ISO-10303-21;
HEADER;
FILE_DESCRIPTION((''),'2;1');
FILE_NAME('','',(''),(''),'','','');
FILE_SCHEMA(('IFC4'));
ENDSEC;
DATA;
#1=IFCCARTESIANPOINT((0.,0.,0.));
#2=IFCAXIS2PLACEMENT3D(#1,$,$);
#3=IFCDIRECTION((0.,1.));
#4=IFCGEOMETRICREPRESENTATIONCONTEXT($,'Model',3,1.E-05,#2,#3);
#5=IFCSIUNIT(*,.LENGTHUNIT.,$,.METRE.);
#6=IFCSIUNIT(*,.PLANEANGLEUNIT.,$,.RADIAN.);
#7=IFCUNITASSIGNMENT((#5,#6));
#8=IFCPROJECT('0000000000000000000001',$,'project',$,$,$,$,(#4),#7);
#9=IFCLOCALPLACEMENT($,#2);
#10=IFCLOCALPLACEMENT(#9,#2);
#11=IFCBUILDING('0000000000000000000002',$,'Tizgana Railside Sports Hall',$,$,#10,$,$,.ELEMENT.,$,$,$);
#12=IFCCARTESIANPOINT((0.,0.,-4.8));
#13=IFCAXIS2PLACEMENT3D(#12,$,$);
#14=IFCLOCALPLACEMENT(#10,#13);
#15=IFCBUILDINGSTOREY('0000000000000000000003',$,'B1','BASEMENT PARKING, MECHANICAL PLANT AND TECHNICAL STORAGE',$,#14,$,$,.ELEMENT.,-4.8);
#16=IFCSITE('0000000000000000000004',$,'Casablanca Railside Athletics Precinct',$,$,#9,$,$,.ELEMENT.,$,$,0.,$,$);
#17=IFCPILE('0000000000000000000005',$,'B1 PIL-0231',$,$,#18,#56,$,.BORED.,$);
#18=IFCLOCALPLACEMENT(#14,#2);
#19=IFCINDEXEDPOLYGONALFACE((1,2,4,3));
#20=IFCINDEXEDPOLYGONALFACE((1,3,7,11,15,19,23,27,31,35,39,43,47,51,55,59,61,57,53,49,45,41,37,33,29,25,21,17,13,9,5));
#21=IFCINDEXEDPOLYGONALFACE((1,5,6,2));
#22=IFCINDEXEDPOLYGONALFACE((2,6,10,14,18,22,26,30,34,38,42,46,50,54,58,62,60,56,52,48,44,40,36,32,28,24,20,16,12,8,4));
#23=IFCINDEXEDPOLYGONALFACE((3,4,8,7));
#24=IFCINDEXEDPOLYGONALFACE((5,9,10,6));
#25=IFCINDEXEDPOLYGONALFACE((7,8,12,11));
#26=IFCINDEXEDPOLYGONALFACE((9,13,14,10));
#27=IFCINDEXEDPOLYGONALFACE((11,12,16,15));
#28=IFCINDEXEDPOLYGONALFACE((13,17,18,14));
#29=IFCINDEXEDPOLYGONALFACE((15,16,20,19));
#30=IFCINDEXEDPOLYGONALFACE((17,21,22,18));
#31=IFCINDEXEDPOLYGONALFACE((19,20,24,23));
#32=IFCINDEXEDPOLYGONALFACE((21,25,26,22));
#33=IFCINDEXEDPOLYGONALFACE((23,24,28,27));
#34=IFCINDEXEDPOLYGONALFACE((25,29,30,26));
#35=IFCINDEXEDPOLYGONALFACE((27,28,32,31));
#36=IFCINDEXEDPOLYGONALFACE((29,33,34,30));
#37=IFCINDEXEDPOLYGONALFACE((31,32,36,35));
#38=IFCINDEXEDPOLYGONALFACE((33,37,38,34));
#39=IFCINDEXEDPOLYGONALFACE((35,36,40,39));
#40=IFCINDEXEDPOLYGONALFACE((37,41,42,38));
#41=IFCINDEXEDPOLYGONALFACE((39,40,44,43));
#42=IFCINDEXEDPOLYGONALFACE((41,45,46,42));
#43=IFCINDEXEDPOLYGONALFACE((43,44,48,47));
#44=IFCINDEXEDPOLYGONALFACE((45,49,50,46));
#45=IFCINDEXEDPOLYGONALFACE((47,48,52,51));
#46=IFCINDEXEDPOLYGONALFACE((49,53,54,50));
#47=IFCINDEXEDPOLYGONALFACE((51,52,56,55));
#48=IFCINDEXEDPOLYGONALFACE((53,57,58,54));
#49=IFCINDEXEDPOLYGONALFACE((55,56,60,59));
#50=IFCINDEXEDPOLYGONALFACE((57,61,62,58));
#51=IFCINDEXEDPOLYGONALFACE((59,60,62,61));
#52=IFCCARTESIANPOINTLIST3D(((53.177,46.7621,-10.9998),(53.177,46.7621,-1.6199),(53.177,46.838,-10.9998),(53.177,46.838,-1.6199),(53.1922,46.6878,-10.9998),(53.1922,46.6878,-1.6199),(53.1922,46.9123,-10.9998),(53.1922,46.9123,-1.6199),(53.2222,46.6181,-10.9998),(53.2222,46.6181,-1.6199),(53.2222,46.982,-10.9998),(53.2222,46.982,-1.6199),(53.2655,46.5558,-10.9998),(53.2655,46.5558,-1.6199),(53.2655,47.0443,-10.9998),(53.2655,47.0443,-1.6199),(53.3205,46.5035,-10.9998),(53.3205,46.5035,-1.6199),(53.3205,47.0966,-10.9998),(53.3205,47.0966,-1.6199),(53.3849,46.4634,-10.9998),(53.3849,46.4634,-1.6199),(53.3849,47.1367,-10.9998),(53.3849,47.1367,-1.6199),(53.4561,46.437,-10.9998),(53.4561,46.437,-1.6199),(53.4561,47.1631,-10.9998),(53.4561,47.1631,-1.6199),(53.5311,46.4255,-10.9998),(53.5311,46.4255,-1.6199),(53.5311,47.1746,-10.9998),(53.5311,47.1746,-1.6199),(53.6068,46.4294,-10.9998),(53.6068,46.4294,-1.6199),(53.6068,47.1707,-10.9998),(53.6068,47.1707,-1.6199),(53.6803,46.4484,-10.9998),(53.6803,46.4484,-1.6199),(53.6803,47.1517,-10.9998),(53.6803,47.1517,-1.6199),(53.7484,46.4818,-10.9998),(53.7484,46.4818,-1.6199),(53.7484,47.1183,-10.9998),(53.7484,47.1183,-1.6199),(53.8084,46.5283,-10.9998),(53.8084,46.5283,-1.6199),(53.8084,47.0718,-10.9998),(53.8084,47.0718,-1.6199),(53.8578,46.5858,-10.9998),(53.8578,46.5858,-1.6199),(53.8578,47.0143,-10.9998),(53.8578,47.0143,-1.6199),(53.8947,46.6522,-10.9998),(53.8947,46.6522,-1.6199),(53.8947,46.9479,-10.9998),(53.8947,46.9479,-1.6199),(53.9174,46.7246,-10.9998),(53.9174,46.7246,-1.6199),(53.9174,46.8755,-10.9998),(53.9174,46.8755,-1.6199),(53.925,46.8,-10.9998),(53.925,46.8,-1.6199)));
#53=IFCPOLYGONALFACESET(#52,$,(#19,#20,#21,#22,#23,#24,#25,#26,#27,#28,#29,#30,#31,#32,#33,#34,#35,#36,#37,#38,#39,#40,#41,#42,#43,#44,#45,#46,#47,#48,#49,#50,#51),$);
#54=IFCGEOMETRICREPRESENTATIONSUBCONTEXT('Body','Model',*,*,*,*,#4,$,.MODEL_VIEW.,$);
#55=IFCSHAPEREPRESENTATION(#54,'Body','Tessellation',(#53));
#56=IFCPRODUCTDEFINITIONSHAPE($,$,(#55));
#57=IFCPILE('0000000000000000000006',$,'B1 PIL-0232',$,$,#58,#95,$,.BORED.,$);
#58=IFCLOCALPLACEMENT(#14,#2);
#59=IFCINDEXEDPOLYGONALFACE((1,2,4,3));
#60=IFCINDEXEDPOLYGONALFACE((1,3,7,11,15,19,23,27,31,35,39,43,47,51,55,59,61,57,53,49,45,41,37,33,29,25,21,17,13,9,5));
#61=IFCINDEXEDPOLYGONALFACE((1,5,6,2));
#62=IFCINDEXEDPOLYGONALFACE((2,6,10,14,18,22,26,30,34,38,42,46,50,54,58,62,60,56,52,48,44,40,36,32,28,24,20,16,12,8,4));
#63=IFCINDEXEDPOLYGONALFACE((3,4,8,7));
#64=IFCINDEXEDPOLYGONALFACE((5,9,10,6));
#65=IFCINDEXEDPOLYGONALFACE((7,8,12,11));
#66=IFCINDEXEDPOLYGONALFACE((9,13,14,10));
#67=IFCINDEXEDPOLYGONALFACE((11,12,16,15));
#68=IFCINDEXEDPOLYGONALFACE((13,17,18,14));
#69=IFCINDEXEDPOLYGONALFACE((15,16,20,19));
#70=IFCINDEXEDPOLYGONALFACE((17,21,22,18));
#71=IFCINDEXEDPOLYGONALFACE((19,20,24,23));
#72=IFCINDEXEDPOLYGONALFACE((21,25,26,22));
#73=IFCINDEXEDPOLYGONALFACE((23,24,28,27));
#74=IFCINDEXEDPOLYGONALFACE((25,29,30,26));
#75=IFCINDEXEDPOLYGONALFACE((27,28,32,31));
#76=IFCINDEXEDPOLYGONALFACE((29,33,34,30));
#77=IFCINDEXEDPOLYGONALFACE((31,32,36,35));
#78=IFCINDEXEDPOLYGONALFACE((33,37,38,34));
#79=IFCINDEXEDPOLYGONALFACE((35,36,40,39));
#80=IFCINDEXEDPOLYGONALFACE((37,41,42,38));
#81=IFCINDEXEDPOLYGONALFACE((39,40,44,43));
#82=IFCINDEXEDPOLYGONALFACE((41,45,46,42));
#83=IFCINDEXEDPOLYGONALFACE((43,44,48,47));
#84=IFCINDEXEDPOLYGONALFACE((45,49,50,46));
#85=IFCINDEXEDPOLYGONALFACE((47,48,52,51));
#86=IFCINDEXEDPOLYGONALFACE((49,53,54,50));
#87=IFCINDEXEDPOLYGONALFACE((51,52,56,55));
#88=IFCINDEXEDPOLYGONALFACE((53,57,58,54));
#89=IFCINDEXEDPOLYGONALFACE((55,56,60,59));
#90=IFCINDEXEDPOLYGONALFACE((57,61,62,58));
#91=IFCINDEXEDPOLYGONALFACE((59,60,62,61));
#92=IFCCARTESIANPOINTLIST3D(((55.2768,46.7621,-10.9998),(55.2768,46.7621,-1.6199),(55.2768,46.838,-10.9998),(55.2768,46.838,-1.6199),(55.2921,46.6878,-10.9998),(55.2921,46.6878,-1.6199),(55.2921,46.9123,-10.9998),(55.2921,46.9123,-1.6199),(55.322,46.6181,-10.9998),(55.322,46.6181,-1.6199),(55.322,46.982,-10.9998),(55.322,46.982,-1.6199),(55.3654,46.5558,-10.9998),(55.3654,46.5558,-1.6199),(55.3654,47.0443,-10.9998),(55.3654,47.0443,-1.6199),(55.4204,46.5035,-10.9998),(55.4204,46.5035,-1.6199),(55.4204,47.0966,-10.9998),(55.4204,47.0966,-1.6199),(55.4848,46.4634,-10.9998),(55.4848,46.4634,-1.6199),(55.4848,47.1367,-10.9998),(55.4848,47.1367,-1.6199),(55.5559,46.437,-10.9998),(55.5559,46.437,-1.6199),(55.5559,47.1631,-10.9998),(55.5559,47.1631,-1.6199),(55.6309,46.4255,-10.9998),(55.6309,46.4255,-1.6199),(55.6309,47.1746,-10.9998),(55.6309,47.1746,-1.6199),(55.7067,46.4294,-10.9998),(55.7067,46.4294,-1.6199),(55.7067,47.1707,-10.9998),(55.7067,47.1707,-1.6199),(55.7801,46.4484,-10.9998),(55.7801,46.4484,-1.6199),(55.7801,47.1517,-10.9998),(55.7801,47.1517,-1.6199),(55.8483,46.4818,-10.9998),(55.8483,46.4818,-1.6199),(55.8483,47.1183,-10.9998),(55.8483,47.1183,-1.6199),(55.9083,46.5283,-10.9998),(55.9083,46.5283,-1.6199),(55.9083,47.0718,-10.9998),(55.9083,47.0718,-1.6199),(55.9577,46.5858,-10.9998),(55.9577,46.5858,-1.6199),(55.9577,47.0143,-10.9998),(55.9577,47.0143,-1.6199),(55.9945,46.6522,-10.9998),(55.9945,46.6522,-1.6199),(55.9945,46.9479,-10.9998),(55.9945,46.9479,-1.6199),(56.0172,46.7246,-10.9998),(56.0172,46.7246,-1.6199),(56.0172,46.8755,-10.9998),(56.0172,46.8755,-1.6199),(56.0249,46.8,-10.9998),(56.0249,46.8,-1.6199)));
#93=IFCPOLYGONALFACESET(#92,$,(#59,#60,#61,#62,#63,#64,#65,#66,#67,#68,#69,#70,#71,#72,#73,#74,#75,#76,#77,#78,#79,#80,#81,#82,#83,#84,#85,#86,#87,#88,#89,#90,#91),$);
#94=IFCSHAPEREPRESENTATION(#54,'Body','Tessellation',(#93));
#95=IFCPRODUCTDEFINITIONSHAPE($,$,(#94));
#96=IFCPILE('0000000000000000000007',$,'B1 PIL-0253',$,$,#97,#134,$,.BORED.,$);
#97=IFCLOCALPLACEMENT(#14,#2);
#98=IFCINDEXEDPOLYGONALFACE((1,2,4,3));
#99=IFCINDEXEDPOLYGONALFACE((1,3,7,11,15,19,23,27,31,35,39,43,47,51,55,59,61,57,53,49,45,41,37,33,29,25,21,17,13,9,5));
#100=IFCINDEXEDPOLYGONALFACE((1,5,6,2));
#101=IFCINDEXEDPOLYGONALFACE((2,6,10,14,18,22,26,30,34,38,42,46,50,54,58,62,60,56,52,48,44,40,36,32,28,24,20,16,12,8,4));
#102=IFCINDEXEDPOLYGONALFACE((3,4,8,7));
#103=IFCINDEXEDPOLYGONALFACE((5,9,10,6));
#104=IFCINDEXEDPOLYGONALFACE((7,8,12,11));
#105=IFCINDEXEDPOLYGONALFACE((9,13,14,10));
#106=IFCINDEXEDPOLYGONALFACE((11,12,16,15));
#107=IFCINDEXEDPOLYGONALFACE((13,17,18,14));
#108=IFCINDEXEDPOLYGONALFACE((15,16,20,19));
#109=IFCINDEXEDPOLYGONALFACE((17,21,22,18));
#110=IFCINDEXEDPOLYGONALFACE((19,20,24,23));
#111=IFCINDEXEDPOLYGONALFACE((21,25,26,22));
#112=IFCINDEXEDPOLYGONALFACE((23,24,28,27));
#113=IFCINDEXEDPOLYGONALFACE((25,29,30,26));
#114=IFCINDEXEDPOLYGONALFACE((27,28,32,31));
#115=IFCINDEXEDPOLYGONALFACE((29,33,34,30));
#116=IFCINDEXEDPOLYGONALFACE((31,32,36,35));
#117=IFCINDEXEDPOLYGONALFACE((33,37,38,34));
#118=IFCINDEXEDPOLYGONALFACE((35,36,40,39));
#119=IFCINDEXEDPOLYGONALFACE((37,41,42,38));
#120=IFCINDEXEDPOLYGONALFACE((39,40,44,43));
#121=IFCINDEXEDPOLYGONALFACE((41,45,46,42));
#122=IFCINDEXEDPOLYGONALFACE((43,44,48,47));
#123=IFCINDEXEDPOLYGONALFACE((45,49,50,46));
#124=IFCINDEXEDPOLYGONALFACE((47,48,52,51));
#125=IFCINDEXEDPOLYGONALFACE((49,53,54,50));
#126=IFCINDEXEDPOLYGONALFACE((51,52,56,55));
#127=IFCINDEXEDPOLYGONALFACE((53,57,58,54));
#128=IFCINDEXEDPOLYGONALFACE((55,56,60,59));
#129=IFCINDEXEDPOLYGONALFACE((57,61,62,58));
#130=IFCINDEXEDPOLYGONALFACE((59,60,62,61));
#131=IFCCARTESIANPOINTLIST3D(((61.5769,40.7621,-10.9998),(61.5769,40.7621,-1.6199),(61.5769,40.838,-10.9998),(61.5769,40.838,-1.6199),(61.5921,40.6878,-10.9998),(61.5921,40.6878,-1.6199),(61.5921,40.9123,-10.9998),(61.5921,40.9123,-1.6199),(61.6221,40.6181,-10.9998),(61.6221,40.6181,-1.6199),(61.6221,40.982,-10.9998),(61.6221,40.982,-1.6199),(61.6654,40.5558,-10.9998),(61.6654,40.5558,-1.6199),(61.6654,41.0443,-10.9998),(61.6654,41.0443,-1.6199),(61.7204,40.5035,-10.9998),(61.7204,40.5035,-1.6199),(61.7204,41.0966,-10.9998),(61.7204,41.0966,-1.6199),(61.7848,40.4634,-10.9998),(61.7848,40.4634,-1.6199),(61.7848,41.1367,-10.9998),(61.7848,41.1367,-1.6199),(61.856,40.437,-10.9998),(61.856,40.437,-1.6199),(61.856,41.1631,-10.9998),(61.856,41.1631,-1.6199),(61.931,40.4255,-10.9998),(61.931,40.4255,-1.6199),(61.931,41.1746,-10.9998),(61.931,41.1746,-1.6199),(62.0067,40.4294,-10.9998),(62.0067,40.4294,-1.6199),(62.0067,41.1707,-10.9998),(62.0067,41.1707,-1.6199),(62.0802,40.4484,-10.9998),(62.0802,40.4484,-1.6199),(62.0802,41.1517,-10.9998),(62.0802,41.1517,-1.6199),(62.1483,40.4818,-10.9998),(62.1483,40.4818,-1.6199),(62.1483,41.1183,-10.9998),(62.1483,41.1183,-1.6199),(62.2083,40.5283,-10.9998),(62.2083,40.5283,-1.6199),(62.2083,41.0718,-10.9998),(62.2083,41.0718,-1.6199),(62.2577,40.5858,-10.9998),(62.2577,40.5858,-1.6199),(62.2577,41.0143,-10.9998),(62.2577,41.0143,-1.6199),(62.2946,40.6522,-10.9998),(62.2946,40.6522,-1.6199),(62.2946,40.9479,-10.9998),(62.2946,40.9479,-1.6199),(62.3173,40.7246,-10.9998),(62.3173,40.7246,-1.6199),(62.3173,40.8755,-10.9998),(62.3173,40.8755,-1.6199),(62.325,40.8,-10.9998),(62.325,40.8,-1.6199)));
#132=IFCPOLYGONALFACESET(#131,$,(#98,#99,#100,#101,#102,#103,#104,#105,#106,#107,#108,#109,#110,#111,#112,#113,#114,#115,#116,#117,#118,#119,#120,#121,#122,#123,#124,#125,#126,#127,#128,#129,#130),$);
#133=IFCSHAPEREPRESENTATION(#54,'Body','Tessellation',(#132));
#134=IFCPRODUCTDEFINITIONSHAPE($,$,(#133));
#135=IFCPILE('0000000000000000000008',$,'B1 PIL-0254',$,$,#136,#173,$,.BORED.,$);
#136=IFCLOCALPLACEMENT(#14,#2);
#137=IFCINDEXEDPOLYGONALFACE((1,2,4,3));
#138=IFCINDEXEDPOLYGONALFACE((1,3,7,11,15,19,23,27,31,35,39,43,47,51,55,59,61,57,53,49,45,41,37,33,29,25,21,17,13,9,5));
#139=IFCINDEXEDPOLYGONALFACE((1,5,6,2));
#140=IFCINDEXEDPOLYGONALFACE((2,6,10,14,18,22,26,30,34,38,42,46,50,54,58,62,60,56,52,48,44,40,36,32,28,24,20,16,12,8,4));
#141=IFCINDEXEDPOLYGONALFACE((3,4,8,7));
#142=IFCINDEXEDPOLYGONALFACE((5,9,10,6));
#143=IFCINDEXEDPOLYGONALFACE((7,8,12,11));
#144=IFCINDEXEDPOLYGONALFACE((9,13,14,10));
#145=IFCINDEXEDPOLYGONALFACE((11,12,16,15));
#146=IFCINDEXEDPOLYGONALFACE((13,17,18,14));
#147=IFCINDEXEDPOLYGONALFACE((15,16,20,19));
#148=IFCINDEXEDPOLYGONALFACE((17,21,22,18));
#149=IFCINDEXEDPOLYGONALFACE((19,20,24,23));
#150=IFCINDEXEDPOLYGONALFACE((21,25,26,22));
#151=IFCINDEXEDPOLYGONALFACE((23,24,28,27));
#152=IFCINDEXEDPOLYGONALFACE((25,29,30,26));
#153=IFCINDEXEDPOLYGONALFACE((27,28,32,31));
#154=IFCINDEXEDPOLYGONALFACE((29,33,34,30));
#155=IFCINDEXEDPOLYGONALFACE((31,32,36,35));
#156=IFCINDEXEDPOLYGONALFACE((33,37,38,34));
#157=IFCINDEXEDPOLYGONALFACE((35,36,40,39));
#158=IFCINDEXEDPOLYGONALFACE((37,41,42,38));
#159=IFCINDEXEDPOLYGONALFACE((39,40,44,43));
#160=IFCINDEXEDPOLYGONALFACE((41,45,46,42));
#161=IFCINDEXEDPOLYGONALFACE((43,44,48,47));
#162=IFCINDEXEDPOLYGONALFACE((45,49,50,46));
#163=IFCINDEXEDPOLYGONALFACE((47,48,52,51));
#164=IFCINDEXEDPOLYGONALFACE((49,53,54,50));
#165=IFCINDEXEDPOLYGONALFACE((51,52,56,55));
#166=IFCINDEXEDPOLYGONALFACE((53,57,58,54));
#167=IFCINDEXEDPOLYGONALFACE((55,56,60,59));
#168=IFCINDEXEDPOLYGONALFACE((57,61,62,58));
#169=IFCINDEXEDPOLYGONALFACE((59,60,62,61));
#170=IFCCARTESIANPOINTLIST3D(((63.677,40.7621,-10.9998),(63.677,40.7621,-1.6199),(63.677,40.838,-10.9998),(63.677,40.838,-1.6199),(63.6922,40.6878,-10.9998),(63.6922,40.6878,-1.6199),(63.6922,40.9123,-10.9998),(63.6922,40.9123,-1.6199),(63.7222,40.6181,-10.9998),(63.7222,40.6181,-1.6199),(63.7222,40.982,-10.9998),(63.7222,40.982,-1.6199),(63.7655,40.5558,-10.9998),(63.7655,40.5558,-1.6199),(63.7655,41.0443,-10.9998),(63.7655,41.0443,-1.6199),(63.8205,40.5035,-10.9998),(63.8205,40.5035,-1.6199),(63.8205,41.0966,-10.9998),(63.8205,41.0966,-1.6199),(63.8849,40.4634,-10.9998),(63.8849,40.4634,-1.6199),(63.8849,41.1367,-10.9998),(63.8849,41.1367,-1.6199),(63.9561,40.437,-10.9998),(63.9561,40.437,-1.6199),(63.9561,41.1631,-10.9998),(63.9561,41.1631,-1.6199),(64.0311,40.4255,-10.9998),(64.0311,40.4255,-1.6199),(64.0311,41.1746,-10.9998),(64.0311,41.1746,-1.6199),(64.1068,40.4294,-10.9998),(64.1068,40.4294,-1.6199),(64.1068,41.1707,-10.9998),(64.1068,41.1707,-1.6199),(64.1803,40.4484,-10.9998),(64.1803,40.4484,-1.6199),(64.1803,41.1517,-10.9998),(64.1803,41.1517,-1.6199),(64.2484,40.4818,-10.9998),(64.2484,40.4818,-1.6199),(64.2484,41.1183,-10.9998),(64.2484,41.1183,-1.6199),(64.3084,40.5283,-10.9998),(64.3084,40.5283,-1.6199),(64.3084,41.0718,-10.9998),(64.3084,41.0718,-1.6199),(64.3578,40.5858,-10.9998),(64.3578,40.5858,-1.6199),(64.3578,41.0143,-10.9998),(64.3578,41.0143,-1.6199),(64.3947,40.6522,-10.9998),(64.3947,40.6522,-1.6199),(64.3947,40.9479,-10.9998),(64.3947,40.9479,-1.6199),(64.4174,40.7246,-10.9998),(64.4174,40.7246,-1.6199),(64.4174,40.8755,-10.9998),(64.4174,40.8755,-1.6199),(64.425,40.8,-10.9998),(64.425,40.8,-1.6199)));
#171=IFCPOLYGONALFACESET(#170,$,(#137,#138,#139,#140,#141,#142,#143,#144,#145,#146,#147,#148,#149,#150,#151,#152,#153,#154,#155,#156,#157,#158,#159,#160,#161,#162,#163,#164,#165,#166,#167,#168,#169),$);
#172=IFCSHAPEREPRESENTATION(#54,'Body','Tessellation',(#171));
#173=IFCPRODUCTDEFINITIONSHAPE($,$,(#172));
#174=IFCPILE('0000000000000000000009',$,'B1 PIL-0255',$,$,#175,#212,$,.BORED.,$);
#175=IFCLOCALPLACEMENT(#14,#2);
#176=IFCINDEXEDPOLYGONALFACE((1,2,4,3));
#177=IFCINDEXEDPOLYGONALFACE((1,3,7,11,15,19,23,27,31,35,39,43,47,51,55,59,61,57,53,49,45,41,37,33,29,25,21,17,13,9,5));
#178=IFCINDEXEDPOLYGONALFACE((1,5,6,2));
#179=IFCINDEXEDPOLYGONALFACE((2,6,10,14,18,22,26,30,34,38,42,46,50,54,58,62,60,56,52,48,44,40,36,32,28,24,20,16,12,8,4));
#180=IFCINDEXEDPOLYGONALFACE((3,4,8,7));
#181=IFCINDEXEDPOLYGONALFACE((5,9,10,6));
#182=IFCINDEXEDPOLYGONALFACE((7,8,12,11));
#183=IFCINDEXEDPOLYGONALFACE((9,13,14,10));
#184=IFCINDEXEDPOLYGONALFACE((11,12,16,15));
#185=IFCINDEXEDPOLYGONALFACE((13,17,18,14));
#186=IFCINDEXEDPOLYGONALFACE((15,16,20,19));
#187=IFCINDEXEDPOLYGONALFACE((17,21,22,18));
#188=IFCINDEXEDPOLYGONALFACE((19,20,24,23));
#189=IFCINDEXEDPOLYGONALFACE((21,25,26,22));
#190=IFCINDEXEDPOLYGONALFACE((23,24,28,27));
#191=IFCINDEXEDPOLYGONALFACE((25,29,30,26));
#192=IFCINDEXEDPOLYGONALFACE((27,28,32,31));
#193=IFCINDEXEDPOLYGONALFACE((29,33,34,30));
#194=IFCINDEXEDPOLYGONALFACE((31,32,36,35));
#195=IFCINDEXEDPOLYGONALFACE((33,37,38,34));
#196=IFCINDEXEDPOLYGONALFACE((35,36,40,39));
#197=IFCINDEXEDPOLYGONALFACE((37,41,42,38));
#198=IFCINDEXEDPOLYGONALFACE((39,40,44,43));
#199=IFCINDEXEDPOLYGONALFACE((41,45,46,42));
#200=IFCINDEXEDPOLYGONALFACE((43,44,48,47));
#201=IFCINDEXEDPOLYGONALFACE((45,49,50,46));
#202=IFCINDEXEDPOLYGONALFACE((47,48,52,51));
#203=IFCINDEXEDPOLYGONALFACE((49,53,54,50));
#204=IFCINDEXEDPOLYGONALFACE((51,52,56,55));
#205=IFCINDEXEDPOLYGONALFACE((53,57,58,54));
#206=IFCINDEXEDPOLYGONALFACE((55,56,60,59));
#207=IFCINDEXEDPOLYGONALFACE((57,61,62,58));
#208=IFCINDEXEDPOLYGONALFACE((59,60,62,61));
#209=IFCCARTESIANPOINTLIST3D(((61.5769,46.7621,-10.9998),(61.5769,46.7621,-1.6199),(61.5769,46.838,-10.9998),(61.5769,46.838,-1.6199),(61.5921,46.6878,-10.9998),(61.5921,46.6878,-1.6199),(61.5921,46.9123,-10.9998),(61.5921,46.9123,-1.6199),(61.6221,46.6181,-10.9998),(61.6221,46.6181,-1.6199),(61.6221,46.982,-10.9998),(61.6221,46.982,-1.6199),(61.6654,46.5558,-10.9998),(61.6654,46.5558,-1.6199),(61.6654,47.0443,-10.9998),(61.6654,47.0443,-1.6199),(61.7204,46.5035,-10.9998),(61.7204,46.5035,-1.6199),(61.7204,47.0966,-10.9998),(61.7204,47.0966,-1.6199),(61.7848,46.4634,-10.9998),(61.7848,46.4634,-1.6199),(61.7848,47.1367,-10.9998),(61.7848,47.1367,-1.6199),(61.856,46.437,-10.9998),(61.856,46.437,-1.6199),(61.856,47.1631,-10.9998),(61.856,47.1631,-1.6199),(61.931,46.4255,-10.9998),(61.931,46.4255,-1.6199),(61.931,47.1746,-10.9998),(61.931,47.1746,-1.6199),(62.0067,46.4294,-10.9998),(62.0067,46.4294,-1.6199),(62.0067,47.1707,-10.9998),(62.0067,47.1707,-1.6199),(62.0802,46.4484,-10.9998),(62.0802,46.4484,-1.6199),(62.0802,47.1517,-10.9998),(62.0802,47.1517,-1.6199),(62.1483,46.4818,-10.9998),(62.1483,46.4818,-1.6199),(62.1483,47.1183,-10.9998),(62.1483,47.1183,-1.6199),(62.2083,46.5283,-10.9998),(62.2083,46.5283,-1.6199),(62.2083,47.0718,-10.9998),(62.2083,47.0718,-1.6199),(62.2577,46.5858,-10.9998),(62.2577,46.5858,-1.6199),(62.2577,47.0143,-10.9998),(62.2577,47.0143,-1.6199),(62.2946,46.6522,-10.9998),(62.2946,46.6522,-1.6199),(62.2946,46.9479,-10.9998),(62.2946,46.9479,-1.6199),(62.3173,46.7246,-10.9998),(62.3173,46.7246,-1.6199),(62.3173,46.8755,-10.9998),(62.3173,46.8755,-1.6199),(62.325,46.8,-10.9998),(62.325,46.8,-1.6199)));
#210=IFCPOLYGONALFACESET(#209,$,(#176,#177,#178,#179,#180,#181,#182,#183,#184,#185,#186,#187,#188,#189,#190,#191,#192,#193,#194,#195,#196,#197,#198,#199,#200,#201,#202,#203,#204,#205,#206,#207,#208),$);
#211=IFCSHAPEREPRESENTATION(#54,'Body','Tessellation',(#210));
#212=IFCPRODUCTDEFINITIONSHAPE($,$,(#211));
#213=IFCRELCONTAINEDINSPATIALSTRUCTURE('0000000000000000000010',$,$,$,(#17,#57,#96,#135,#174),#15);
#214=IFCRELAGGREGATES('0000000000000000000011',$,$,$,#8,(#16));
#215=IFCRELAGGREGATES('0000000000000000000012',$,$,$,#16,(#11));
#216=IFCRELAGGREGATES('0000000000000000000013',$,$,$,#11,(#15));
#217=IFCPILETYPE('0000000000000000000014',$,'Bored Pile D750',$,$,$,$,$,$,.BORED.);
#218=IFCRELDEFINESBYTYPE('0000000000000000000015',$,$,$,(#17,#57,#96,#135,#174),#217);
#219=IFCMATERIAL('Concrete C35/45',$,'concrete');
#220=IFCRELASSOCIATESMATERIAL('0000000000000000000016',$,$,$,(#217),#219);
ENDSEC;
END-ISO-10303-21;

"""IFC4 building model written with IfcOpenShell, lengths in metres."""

from ifc_helpers import new_model, si_unit, direction, frame, origin, origin_2d, place, context, subcontext, project, spatial, circle, extrude, material, material_profile, profile_set, type_object, element, save


model = new_model("IFC4")

# Units and contexts
model_context = context("Model", 3, precision=1e-05, world=origin(), true_north=direction((0.0, 1.0)))
body_context = subcontext(model_context, "Body", "Model", "MODEL_VIEW")
ifc_project = project(units=[si_unit("LENGTHUNIT", "METRE"), si_unit("PLANEANGLEUNIT", "RADIAN")], contexts=[model_context])

# Site, building, storey
site_placement = place(None, origin())
site = spatial("IfcSite", under=ifc_project, at=site_placement, Name="Casablanca Railside Athletics Precinct", CompositionType="ELEMENT", RefElevation=0.0)
building_placement = place(site_placement, origin())
building = spatial("IfcBuilding", under=site, at=building_placement, Name="Tizgana Railside Sports Hall", CompositionType="ELEMENT")
storey_placement = place(building_placement, frame((0.0, 0.0, -4.8)))
storey = spatial("IfcBuildingStorey", under=building, at=storey_placement, Name="B1", Description="BASEMENT PARKING, MECHANICAL PLANT AND TECHNICAL STORAGE", CompositionType="ELEMENT", Elevation=-4.8)

# Piles
ifc_material_1 = material(Name="Concrete C35/45", Category="concrete")
ifc_material_profile_1 = material_profile(ifc_material_1, circle(Radius=0.375, at=origin_2d()), Name="PILE D750")
ifc_profile_set_1 = profile_set([ifc_material_profile_1], Name="Concrete C35/45")
pile_type_1 = type_object("IfcPileType", Name="Bored Pile D750", PredefinedType="BORED", material=ifc_profile_set_1)
for number, where, z_axis, x_axis, name in (
    (1, (53.55, 46.8, -1.6199), (0.0, 0.0, -1.0), (1.0, 0.0, 0.0), "B1 PIL-0231"),
    (2, (55.6499, 46.8, -1.6199), (0.0, 0.0, -1.0), (1.0, 0.0, 0.0), "B1 PIL-0232"),
    (3, (61.95, 40.8, -1.6199), (0.0, 0.0, -1.0), (1.0, 0.0, 0.0), "B1 PIL-0253"),
    (4, (64.05, 40.8, -1.6199), (0.0, 0.0, -1.0), (1.0, 0.0, 0.0), "B1 PIL-0254"),
    (5, (61.95, 46.8, -1.6199), (0.0, 0.0, -1.0), (1.0, 0.0, 0.0), "B1 PIL-0255"),
):
    element("IfcPile", number, at=place(storey_placement, frame(where, z_axis=z_axis, x_axis=x_axis)), inside=storey, type_object=pile_type_1, Name=name, PredefinedType="BORED", context=body_context, shape_type="SweptSolid", body=[
        extrude(circle(Radius=0.375, at=origin_2d()), origin(), (0.0, 0.0, 1.0), 9.3799),
    ])

save(model, "model.ifc")
